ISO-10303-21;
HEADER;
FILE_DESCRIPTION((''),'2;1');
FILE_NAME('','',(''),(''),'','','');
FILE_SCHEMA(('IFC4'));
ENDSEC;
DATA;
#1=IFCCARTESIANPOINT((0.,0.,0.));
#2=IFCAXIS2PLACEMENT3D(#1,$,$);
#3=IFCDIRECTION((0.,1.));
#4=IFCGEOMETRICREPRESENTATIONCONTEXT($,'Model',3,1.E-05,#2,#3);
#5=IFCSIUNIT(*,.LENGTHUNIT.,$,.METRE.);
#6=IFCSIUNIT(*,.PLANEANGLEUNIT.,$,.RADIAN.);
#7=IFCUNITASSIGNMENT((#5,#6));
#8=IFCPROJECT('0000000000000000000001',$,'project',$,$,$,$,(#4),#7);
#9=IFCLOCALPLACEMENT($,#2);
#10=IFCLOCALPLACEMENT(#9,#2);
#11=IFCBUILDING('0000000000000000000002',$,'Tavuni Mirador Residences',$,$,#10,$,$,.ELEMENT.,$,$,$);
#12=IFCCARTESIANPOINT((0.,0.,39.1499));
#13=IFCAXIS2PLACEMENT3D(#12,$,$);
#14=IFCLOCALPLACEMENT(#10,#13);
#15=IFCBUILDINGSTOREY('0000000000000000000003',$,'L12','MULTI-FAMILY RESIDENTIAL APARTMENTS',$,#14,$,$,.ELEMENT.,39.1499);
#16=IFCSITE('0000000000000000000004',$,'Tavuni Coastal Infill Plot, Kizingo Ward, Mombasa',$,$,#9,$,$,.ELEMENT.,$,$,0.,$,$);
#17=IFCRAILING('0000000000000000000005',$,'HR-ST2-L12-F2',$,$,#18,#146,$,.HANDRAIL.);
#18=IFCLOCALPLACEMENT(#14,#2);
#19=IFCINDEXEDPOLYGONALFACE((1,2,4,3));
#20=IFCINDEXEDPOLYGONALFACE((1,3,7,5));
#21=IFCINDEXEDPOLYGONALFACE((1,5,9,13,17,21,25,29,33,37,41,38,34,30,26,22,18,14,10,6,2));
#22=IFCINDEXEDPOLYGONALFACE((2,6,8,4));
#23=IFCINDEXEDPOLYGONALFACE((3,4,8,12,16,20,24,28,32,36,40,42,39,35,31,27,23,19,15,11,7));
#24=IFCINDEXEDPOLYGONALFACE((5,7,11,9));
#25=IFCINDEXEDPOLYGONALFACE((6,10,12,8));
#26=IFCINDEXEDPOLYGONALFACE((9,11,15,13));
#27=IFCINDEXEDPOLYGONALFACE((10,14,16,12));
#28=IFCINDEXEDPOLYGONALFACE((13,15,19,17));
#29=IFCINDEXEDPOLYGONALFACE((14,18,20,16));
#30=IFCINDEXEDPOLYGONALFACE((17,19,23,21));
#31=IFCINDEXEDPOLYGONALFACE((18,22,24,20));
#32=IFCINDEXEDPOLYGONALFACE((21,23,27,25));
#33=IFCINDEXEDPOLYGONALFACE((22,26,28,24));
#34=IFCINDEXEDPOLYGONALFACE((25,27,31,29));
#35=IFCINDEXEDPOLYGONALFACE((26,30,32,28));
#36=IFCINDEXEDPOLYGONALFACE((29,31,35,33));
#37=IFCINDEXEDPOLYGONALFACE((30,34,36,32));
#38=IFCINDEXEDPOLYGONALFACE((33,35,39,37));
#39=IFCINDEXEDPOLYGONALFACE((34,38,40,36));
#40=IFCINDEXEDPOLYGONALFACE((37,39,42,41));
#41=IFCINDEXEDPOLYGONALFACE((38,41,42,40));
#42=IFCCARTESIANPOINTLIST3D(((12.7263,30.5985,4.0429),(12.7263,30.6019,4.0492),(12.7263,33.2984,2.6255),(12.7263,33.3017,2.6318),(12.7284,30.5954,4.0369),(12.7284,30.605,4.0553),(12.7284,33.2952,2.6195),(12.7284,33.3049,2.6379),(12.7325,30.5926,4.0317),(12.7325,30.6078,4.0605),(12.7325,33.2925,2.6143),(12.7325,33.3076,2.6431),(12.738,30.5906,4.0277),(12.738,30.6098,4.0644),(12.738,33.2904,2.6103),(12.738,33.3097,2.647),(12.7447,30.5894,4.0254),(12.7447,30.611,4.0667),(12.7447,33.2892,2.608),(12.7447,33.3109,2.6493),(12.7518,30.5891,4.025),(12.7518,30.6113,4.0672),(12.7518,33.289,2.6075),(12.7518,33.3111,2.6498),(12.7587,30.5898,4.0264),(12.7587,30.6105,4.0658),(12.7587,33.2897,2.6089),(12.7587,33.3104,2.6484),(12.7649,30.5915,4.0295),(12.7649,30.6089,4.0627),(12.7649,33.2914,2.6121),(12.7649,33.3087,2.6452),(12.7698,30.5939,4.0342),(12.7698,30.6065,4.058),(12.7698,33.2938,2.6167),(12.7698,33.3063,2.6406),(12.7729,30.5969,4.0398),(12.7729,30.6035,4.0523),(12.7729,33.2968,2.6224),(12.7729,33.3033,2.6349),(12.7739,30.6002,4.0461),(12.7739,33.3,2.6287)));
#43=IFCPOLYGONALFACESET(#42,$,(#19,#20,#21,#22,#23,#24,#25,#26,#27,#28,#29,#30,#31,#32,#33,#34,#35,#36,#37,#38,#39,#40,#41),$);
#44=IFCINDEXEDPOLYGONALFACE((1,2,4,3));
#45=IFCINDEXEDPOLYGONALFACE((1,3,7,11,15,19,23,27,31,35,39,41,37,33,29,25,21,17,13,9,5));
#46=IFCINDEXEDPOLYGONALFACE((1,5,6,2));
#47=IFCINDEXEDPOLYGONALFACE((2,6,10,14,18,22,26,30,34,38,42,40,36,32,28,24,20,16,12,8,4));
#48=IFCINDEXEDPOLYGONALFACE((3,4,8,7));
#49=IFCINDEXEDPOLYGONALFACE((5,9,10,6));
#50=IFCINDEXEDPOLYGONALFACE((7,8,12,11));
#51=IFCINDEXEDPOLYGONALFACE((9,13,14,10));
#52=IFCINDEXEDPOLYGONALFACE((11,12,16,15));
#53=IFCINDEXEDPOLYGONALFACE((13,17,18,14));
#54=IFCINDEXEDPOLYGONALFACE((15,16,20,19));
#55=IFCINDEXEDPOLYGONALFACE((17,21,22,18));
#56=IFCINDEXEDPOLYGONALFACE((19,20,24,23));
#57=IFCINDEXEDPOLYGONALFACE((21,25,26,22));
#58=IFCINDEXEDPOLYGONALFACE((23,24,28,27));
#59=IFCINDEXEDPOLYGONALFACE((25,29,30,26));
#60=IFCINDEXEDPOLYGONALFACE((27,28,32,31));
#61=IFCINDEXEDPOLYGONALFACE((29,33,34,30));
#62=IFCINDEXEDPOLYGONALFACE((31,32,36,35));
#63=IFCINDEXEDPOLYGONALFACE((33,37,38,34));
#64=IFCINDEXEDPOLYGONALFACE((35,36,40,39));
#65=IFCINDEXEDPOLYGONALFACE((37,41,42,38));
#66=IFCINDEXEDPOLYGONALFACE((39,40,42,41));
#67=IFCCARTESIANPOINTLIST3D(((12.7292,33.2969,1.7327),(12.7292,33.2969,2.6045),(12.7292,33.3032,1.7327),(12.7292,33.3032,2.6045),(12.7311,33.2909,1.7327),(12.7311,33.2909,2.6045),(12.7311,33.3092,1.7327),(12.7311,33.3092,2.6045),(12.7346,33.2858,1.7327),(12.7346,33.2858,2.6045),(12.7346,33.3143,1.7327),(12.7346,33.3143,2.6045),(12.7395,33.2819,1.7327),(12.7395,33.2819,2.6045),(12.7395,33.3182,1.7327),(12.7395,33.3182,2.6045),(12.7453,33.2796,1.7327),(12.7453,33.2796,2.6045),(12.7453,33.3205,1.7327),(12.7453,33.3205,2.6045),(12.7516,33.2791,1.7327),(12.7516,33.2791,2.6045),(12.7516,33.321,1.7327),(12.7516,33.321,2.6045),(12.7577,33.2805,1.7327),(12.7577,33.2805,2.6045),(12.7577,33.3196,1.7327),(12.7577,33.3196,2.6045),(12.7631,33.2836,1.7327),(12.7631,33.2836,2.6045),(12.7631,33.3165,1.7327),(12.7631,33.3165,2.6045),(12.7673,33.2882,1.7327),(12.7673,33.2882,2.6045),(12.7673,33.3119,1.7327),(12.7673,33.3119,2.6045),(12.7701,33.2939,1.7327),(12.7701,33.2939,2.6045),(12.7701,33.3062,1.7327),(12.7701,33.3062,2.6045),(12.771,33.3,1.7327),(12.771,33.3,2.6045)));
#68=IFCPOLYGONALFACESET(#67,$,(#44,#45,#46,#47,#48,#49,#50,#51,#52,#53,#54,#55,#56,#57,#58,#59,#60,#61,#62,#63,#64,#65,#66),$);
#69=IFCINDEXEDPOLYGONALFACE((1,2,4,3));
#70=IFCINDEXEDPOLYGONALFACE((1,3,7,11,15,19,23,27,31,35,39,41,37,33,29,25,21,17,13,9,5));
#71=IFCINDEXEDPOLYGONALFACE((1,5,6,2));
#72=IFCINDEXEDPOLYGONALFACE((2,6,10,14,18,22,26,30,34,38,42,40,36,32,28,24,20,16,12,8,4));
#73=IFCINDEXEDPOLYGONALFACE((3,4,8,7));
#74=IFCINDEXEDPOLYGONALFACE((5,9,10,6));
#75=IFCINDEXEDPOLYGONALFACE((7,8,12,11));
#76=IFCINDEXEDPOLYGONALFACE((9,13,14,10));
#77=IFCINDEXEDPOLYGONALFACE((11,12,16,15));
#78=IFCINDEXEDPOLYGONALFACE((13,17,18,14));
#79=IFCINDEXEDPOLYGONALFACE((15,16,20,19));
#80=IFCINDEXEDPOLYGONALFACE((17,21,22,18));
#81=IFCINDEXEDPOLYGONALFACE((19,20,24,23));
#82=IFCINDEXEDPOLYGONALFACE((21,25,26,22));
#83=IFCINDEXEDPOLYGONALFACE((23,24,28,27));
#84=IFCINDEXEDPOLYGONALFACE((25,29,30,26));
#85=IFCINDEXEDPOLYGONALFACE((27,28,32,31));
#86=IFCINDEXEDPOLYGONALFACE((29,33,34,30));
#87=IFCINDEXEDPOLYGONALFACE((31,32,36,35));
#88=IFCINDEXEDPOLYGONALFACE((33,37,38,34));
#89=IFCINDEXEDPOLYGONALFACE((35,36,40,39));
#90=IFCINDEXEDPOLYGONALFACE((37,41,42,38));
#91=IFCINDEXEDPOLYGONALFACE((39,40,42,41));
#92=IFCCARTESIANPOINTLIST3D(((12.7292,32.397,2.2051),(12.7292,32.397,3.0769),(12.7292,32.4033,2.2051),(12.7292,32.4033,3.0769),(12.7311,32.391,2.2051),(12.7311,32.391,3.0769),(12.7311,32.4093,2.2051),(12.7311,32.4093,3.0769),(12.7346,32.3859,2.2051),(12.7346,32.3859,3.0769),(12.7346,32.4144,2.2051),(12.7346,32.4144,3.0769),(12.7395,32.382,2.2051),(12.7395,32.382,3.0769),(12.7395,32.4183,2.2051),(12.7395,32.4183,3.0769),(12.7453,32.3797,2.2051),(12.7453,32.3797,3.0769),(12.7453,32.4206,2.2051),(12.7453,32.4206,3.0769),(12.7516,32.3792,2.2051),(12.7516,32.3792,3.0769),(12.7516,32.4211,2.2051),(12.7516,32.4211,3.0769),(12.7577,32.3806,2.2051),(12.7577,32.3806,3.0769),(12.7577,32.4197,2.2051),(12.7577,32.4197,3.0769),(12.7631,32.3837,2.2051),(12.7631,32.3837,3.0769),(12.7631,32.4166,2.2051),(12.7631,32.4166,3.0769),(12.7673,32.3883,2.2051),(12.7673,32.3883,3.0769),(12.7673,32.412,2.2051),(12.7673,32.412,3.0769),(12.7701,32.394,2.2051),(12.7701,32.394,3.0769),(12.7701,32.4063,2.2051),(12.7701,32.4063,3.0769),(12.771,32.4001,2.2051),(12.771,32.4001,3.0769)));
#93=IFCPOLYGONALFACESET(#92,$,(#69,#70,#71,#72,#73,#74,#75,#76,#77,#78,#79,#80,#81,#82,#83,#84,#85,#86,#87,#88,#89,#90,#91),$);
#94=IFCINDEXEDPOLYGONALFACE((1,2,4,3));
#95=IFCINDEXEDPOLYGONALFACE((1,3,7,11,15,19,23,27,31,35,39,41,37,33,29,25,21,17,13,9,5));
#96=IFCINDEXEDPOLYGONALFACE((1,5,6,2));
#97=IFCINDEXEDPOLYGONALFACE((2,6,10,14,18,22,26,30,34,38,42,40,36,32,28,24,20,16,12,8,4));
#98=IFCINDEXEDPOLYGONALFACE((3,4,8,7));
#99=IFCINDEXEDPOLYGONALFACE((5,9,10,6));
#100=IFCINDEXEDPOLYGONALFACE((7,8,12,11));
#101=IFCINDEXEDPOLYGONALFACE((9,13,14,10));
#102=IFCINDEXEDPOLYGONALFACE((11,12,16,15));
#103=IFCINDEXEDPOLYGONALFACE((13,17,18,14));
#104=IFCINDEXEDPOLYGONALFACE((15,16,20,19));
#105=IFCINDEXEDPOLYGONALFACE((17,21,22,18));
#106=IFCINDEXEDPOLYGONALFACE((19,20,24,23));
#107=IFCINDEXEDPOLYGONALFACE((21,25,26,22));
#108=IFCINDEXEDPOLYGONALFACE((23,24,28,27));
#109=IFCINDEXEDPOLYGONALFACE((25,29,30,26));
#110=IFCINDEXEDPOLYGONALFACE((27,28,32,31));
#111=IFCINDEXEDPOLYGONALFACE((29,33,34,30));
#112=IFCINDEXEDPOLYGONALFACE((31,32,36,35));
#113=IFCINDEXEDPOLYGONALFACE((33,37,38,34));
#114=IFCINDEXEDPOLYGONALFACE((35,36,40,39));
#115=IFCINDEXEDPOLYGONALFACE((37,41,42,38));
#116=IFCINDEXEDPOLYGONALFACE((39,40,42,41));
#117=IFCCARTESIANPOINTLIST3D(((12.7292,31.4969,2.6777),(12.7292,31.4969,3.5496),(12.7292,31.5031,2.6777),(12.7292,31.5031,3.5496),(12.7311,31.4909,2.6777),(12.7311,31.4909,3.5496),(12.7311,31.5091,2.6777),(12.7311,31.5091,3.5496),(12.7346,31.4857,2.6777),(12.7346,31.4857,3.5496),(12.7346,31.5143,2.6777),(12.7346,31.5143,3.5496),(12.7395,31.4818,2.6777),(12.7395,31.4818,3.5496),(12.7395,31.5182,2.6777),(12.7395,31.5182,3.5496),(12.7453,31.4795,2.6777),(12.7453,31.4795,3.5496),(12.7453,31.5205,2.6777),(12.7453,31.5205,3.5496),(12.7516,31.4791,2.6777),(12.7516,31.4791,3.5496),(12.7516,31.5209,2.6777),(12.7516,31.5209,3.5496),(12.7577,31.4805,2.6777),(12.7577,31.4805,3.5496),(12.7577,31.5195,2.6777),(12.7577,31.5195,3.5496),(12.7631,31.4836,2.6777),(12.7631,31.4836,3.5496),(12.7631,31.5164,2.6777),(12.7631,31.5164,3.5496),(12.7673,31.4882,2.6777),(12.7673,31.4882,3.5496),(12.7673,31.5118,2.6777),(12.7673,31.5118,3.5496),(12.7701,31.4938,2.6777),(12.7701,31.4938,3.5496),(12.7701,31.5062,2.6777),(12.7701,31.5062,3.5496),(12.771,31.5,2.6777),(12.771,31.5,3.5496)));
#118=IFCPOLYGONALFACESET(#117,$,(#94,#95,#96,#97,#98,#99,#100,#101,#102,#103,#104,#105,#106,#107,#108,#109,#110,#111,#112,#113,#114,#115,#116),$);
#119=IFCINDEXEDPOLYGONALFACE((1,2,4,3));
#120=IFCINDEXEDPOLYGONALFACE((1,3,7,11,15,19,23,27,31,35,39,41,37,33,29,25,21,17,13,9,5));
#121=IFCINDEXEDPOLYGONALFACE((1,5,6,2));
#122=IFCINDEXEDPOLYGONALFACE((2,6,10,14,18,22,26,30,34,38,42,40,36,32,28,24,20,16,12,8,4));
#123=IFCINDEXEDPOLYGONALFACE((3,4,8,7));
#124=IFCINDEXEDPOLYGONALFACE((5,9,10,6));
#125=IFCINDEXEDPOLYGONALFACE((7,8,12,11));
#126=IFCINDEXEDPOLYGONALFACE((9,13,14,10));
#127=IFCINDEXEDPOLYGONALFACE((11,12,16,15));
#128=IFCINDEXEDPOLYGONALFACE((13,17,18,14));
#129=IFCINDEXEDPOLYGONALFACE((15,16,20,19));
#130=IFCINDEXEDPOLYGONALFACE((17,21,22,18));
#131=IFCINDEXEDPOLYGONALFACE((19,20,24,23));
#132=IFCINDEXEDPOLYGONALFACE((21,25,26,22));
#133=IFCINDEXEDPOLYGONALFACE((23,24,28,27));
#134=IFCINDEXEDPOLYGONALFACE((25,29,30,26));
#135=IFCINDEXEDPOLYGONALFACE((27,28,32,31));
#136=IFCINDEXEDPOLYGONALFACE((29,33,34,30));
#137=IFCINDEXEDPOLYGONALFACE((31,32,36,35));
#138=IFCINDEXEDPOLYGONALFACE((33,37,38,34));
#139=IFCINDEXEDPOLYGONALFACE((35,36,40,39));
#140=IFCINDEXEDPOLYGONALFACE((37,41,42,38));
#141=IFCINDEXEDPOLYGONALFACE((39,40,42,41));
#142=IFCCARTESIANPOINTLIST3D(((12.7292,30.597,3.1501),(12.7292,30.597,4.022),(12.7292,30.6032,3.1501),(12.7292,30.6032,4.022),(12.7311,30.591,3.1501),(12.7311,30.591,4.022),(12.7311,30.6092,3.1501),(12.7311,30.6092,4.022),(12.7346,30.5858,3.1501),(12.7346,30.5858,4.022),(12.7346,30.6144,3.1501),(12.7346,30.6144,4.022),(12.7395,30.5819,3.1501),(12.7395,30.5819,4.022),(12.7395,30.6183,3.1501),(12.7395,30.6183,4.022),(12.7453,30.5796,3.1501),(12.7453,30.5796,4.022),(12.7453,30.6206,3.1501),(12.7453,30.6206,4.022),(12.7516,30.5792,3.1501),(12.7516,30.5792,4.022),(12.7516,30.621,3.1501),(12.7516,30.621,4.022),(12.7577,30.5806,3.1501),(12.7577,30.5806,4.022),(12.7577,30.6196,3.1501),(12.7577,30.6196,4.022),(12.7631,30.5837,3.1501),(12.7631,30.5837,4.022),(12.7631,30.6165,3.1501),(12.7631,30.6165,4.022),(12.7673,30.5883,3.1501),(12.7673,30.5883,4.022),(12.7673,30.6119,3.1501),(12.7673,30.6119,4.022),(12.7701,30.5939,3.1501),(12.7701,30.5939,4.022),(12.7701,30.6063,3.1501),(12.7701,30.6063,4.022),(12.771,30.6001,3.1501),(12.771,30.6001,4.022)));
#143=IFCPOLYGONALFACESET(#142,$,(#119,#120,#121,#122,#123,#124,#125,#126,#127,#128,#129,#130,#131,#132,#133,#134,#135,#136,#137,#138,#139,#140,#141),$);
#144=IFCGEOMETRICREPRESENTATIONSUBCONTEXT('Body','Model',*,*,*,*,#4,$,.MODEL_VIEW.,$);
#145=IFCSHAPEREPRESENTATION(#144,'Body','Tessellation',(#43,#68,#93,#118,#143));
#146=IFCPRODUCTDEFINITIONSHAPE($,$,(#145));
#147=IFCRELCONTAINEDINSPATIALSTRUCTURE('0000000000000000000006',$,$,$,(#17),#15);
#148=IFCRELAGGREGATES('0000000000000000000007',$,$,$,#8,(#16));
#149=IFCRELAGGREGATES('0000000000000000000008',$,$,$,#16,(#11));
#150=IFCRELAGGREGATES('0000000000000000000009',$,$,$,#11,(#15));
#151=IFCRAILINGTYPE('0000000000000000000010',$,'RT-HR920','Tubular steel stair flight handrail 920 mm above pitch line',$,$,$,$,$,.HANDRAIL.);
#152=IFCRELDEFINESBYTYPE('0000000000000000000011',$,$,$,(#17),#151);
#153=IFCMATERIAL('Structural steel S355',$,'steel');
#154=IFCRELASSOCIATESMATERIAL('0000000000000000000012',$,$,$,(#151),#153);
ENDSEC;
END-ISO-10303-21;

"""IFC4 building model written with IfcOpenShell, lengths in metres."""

from ifc_helpers import new_model, si_unit, direction, frame, origin, origin_2d, place, context, subcontext, project, spatial, circle, extrude, material, type_object, element, save


model = new_model("IFC4")

# Units and contexts
model_context = context("Model", 3, precision=1e-05, world=origin(), true_north=direction((0.0, 1.0)))
body_context = subcontext(model_context, "Body", "Model", "MODEL_VIEW")
ifc_project = project(units=[si_unit("LENGTHUNIT", "METRE"), si_unit("PLANEANGLEUNIT", "RADIAN")], contexts=[model_context])

# Site, building, storey
site_placement = place(None, origin())
site = spatial("IfcSite", under=ifc_project, at=site_placement, Name="Tavuni Coastal Infill Plot, Kizingo Ward, Mombasa", CompositionType="ELEMENT", RefElevation=0.0)
building_placement = place(site_placement, origin())
building = spatial("IfcBuilding", under=site, at=building_placement, Name="Tavuni Mirador Residences", CompositionType="ELEMENT")
storey_placement = place(building_placement, frame((0.0, 0.0, 39.1499)))
storey = spatial("IfcBuildingStorey", under=building, at=storey_placement, Name="L12", Description="MULTI-FAMILY RESIDENTIAL APARTMENTS", CompositionType="ELEMENT", Elevation=39.1499)

# Shared definitions
ifc_material_1 = material(Name="Structural steel S355", Category="steel")

# Railing
railing_type_1 = type_object("IfcRailingType", Name="RT-HR920", Description="Tubular steel stair flight handrail 920 mm above pitch line", PredefinedType="HANDRAIL", material=ifc_material_1)
railing_1_placement = place(storey_placement, frame((12.75, 33.3, 1.7327)))
element("IfcRailing", 1, at=railing_1_placement, inside=storey, type_object=railing_type_1, Name="HR-ST2-L12-F2", PredefinedType="HANDRAIL", context=body_context, shape_type="SweptSolid", body=[
    extrude(circle(Radius=0.0239, at=origin_2d()), frame((0.0, 0.0, 0.896), z_axis=(0.0, -0.885397, 0.464835), x_axis=(1.0, 0.0, 0.0)), (0.0, 0.0, 1.0), 3.0493),
    extrude(circle(Radius=0.021, at=origin_2d()), origin(), (0.0, 0.0, 1.0), 0.8718),
    extrude(circle(Radius=0.021, at=origin_2d()), frame((0.0, -0.8999, 0.4724)), (0.0, 0.0, 1.0), 0.8718),
    extrude(circle(Radius=0.021, at=origin_2d()), frame((0.0, -1.8, 0.9451)), (0.0, 0.0, 1.0), 0.8718),
    extrude(circle(Radius=0.021, at=origin_2d()), frame((0.0, -2.7, 1.4175)), (0.0, 0.0, 1.0), 0.8718),
])

save(model, "model.ifc")
